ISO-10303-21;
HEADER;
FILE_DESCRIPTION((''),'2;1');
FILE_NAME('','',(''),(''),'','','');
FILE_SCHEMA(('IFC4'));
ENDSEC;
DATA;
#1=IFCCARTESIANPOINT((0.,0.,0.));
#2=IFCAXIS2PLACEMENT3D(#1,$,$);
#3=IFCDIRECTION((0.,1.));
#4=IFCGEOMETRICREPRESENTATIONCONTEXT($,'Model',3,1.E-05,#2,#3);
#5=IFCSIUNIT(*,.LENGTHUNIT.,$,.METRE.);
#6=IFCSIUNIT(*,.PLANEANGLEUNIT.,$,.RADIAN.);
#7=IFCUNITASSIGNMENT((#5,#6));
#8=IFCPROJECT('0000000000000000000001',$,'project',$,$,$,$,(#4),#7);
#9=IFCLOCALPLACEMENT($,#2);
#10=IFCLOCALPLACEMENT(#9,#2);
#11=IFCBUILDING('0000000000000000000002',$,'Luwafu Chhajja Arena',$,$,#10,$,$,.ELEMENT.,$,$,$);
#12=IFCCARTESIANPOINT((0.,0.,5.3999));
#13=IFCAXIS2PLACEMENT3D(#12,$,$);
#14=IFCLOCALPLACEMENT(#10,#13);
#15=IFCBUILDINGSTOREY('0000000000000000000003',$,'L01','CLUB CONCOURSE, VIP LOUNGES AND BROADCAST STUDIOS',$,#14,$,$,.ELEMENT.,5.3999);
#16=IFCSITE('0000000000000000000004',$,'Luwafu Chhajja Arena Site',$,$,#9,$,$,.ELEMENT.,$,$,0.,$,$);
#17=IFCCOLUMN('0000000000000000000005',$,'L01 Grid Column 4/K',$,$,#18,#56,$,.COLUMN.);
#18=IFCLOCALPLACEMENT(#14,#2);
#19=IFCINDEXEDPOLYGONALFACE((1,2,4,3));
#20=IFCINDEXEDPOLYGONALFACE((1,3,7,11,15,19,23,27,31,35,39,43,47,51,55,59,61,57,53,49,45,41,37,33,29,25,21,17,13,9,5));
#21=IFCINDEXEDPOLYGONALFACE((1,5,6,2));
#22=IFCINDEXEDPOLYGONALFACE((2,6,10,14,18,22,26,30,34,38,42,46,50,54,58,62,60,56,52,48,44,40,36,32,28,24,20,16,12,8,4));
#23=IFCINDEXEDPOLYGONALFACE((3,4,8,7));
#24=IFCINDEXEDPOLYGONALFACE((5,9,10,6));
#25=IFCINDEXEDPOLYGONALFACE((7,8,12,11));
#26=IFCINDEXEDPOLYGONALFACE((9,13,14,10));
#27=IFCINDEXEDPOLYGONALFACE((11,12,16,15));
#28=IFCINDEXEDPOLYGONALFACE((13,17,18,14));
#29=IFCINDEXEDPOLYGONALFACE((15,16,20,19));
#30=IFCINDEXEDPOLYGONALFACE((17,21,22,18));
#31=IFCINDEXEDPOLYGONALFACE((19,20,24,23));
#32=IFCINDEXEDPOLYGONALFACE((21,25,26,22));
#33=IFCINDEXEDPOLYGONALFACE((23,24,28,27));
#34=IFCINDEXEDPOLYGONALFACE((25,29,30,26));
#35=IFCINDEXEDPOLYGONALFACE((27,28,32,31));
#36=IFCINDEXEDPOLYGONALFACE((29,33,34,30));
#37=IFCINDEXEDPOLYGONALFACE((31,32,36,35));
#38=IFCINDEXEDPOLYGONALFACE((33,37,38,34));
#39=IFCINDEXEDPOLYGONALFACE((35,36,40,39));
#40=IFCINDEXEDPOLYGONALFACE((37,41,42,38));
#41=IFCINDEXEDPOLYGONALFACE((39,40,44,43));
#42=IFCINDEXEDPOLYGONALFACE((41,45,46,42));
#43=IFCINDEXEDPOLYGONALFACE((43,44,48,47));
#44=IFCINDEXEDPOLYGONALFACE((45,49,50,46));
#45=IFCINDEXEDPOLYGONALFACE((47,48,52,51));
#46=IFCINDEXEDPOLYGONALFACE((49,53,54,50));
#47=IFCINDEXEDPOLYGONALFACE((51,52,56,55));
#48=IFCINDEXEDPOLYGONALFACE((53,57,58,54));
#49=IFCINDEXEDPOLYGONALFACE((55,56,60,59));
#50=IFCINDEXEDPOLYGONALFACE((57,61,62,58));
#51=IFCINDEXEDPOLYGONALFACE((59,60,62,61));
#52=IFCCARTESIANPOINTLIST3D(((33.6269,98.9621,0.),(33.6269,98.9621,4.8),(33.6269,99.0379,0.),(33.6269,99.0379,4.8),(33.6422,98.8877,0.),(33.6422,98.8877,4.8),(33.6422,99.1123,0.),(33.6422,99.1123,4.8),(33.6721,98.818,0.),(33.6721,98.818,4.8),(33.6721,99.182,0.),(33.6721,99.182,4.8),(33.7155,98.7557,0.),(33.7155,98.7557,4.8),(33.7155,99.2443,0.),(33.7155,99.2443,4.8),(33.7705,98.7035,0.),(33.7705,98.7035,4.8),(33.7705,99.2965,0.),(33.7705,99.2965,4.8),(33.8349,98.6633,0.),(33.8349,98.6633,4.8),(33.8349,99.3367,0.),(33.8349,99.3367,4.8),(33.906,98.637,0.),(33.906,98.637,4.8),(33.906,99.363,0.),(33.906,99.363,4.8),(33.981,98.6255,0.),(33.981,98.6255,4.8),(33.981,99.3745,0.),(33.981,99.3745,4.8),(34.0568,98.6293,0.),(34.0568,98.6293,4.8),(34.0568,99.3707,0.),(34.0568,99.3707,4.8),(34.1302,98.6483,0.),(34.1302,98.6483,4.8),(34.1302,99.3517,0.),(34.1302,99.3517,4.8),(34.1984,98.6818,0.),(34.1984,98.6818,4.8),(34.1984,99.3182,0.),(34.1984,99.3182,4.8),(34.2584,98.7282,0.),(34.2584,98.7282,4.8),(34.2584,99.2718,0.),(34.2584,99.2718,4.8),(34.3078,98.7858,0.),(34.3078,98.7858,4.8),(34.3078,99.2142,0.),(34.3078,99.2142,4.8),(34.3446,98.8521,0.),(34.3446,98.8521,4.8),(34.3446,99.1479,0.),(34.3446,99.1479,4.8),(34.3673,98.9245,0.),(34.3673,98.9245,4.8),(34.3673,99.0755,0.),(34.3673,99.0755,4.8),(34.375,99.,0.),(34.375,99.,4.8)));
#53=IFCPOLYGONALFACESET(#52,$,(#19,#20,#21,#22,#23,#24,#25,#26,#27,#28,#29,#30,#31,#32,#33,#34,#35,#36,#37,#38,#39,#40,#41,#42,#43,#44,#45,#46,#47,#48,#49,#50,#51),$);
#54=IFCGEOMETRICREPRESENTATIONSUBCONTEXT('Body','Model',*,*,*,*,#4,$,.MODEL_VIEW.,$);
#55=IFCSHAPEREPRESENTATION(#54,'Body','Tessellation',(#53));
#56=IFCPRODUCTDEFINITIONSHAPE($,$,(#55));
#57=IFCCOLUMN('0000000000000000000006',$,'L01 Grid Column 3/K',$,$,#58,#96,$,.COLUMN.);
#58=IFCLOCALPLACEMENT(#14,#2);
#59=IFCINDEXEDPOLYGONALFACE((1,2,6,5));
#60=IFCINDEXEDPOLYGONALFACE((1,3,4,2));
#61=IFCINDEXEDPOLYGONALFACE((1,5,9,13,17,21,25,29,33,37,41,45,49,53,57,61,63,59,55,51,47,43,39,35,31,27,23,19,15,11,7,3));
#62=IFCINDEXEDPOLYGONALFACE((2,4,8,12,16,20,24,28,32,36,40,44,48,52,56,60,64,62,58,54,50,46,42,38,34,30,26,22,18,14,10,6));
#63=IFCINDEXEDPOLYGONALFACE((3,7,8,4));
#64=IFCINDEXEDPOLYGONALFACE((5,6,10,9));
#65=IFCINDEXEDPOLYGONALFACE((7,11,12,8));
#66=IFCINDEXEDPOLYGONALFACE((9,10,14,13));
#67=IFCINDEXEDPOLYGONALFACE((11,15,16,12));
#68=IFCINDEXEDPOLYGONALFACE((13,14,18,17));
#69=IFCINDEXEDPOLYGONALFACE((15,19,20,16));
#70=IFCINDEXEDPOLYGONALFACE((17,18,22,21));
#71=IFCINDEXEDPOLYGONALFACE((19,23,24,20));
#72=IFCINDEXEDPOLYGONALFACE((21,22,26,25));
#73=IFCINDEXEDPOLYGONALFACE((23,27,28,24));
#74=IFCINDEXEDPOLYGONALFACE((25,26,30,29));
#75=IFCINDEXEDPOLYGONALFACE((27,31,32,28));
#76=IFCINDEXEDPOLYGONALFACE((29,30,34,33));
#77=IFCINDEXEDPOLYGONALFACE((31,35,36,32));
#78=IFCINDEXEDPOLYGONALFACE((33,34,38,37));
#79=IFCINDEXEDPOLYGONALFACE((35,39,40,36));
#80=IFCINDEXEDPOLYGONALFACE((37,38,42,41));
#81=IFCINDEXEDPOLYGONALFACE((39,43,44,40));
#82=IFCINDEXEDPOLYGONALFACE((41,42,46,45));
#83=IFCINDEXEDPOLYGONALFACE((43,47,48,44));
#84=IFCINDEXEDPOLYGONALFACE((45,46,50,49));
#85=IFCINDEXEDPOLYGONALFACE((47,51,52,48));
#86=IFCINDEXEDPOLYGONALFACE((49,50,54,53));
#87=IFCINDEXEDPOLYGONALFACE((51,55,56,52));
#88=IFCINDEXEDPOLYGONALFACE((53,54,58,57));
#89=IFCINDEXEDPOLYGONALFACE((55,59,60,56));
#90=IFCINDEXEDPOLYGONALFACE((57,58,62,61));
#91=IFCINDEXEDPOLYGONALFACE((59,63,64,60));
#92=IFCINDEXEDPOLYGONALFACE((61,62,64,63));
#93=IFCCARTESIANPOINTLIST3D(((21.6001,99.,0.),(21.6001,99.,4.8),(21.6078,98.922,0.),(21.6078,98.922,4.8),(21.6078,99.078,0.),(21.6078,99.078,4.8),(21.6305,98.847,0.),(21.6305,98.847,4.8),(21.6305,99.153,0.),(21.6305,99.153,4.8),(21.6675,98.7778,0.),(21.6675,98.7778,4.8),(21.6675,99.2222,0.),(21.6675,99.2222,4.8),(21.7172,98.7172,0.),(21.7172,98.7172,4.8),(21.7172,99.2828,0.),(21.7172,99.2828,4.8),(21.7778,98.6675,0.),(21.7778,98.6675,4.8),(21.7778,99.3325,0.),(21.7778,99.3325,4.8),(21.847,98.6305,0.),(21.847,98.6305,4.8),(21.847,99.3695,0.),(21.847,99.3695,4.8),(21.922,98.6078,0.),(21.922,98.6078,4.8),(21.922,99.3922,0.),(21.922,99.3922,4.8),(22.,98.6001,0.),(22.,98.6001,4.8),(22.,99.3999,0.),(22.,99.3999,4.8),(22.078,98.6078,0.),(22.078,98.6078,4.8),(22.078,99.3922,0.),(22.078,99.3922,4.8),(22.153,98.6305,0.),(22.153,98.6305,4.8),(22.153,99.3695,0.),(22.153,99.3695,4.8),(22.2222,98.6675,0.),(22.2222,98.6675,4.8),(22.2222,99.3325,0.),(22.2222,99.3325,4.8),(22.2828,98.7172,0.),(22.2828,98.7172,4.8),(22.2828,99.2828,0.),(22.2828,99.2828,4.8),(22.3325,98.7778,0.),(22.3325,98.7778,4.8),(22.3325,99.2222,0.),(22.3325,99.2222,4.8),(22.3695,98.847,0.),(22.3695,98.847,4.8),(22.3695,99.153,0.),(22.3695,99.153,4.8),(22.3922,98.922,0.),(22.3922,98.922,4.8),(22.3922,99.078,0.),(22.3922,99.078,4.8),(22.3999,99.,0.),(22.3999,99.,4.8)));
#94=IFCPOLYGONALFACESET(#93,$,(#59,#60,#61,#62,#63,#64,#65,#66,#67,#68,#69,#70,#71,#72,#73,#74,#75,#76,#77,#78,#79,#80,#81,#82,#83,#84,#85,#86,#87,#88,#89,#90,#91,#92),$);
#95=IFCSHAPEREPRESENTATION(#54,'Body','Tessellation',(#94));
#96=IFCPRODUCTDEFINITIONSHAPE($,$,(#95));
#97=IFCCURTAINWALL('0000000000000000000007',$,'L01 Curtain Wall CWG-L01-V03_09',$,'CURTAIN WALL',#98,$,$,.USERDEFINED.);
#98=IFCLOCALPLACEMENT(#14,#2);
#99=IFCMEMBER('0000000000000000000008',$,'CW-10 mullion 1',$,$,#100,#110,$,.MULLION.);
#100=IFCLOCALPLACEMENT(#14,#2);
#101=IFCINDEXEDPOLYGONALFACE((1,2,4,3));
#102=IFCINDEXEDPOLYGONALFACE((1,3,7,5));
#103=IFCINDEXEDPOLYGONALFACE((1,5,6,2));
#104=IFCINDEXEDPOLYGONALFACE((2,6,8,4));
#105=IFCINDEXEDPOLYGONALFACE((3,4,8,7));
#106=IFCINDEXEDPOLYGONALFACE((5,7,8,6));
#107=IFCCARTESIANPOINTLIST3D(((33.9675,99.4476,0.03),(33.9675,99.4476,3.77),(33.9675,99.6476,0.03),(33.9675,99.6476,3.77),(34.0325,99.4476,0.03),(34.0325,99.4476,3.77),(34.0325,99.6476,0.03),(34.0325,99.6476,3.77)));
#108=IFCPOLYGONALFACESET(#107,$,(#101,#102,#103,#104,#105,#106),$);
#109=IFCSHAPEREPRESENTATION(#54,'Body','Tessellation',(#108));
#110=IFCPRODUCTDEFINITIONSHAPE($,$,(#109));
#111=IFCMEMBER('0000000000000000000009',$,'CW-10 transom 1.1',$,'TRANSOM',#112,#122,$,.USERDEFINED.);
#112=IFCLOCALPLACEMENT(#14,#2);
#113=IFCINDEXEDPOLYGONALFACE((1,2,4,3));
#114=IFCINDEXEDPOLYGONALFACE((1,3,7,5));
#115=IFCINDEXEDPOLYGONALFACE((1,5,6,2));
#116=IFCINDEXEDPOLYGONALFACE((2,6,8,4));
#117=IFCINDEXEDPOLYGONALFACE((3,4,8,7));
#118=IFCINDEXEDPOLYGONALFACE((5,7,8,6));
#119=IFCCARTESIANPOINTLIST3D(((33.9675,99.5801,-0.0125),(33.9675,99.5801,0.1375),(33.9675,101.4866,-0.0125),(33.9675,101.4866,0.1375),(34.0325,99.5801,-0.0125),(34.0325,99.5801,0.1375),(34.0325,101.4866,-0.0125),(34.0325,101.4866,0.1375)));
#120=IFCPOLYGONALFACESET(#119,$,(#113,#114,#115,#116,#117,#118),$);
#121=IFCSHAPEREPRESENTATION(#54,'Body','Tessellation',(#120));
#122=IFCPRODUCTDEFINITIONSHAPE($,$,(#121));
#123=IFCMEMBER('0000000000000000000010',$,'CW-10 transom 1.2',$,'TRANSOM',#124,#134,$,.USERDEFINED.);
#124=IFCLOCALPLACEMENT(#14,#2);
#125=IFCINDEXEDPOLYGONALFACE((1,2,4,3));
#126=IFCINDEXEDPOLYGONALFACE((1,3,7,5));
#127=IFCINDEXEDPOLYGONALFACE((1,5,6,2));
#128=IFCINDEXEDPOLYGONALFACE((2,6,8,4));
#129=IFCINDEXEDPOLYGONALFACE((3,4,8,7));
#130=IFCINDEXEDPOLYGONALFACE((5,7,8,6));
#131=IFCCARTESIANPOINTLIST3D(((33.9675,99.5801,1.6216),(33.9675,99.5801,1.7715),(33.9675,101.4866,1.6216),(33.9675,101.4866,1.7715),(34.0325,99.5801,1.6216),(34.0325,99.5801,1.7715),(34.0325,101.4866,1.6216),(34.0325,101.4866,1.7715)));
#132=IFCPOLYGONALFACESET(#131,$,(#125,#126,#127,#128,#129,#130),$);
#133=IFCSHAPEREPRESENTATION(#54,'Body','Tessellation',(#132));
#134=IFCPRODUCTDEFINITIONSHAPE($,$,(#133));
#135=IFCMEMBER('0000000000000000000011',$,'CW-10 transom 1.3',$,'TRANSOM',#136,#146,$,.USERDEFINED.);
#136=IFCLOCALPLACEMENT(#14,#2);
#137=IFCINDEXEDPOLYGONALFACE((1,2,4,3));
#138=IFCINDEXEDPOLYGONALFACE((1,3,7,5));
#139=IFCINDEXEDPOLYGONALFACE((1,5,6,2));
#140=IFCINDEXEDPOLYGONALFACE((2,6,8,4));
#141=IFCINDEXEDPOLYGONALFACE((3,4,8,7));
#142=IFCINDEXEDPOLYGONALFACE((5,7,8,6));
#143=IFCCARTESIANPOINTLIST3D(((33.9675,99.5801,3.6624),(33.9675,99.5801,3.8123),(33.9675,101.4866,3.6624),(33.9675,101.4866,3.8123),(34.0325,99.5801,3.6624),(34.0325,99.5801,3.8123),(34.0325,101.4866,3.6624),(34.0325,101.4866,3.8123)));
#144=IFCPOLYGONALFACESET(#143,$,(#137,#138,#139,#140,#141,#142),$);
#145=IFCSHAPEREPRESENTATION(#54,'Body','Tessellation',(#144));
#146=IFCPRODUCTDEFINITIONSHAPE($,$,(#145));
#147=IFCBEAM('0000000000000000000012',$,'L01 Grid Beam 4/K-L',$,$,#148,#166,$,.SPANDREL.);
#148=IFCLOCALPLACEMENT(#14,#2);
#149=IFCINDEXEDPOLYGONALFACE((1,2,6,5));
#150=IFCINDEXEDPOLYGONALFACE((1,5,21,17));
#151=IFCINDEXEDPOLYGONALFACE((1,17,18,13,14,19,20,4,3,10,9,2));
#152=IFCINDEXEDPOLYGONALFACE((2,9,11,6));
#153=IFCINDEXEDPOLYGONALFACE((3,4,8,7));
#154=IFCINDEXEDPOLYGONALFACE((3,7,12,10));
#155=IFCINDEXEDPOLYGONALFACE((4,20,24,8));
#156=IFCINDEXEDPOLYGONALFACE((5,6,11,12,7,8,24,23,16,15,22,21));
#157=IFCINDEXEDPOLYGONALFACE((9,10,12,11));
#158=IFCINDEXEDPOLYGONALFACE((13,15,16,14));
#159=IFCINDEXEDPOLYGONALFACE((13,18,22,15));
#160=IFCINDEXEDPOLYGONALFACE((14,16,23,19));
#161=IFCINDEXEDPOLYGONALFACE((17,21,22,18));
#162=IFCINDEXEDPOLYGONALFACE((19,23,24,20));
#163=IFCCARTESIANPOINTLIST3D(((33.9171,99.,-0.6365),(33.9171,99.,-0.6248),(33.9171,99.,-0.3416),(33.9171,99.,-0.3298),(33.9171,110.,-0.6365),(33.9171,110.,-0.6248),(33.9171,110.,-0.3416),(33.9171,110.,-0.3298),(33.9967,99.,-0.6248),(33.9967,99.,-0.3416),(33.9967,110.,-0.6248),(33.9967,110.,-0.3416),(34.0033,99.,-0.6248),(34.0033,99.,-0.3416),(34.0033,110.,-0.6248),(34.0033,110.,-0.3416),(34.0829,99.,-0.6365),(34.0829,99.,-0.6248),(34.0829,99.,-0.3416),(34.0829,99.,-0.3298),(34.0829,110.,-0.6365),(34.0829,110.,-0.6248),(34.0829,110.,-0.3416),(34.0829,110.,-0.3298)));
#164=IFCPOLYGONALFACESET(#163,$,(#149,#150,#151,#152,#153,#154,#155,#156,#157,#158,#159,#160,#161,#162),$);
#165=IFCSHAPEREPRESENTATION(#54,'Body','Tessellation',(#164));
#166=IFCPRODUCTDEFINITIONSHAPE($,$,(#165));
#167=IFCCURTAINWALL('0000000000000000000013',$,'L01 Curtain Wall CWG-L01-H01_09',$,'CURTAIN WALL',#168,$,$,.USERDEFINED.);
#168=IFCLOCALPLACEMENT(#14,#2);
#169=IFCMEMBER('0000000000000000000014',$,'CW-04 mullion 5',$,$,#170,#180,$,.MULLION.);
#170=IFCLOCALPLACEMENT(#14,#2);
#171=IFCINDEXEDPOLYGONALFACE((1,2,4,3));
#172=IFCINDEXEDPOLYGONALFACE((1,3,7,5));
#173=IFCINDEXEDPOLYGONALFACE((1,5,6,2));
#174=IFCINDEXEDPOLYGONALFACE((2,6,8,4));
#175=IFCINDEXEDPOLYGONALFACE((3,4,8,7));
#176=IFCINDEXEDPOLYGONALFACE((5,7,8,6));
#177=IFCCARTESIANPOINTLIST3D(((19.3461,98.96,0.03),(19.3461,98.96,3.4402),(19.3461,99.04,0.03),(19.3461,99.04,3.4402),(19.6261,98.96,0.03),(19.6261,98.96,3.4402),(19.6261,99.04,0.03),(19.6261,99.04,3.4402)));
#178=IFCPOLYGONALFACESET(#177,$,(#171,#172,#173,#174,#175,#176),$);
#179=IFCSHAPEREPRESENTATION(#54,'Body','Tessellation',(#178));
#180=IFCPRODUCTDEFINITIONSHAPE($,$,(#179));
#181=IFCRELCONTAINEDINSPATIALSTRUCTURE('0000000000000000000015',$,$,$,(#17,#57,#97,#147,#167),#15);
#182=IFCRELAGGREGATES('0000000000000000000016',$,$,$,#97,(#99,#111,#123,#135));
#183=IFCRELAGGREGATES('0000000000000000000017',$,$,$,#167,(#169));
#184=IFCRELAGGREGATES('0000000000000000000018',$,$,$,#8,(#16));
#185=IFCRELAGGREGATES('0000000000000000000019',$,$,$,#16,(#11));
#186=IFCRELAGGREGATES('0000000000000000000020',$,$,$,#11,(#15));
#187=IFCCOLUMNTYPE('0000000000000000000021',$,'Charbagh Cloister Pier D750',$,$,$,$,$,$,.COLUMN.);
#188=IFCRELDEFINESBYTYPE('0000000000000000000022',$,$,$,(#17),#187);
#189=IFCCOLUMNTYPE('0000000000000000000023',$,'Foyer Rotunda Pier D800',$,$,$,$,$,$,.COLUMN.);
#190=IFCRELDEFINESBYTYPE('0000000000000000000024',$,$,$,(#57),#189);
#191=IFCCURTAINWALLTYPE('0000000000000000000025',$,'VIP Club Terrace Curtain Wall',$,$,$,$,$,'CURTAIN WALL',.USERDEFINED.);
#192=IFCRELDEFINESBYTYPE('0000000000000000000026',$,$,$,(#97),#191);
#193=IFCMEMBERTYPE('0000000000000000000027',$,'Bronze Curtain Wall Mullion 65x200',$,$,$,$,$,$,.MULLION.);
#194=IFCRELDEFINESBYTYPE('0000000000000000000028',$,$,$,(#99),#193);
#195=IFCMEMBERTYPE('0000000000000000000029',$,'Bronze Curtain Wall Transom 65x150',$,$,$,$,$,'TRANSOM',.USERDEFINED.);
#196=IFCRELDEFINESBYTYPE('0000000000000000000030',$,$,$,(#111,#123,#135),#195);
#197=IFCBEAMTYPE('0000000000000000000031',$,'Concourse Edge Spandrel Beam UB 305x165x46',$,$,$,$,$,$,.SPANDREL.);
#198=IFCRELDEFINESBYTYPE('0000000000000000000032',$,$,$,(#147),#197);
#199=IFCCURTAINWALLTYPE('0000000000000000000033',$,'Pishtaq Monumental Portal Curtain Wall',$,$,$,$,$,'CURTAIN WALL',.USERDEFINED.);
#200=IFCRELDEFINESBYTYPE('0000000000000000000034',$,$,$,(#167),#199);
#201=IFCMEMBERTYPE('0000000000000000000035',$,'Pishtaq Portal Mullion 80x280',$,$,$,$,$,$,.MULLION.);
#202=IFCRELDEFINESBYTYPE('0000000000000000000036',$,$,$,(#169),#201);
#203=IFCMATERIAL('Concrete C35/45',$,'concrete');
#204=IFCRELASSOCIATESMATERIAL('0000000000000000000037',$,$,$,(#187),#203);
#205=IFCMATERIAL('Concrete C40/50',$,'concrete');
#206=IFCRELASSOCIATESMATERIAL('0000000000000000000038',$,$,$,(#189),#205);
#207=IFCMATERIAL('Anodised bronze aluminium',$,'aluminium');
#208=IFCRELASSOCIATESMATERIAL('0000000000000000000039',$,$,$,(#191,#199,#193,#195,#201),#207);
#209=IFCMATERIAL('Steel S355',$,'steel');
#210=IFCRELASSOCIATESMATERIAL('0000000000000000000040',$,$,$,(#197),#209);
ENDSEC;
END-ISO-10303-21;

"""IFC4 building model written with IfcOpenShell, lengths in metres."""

from ifc_helpers import new_model, si_unit, direction, frame, origin, origin_2d, place, context, subcontext, project, spatial, rectangle, circle, i_section, extrude, material, material_profile, profile_set, type_object, element, aggregate, save


model = new_model("IFC4")

# Units and contexts
model_context = context("Model", 3, precision=1e-05, world=origin(), true_north=direction((0.0, 1.0)))
body_context = subcontext(model_context, "Body", "Model", "MODEL_VIEW")
ifc_project = project(units=[si_unit("LENGTHUNIT", "METRE"), si_unit("PLANEANGLEUNIT", "RADIAN")], contexts=[model_context])

# Site, building, storey
site_placement = place(None, origin())
site = spatial("IfcSite", under=ifc_project, at=site_placement, Name="Luwafu Chhajja Arena Site", CompositionType="ELEMENT", RefElevation=0.0)
building_placement = place(site_placement, origin())
building = spatial("IfcBuilding", under=site, at=building_placement, Name="Luwafu Chhajja Arena", CompositionType="ELEMENT")
storey_placement = place(building_placement, frame((0.0, 0.0, 5.3999)))
storey = spatial("IfcBuildingStorey", under=building, at=storey_placement, Name="L01", Description="CLUB CONCOURSE, VIP LOUNGES AND BROADCAST STUDIOS", CompositionType="ELEMENT", Elevation=5.3999)

# Columns
ifc_material_1 = material(Name="Concrete C35/45", Category="concrete")
ifc_material_profile_1 = material_profile(ifc_material_1, circle(Radius=0.375, at=origin_2d()), Name="RC COL D750")
ifc_profile_set_1 = profile_set([ifc_material_profile_1], Name="Concrete C35/45")
column_type_1 = type_object("IfcColumnType", Name="Charbagh Cloister Pier D750", PredefinedType="COLUMN", material=ifc_profile_set_1)
column_1_placement = place(storey_placement, frame((34.0, 99.0, 0.0), z_axis=(0.0, 0.0, 1.0), x_axis=(1.0, 0.0, 0.0)))
element("IfcColumn", 1, at=column_1_placement, inside=storey, type_object=column_type_1, Name="L01 Grid Column 4/K", PredefinedType="COLUMN", context=body_context, shape_type="SweptSolid", body=[
    extrude(circle(Radius=0.375, at=origin_2d()), origin(), (0.0, 0.0, 1.0), 4.8),
])
ifc_material_2 = material(Name="Concrete C40/50", Category="concrete")
ifc_material_profile_2 = material_profile(ifc_material_2, circle(Radius=0.3999, at=origin_2d()), Name="RC COL D800")
ifc_profile_set_2 = profile_set([ifc_material_profile_2], Name="Concrete C40/50")
column_type_2 = type_object("IfcColumnType", Name="Foyer Rotunda Pier D800", PredefinedType="COLUMN", material=ifc_profile_set_2)
column_2_placement = place(storey_placement, frame((22.0, 99.0, 0.0), z_axis=(0.0, 0.0, 1.0), x_axis=(1.0, 0.0, 0.0)))
element("IfcColumn", 2, at=column_2_placement, inside=storey, type_object=column_type_2, Name="L01 Grid Column 3/K", PredefinedType="COLUMN", context=body_context, shape_type="SweptSolid", body=[
    extrude(circle(Radius=0.3999, at=origin_2d()), origin(), (0.0, 0.0, 1.0), 4.8),
])

# Curtain wall, members
ifc_material_3 = material(Name="Anodised bronze aluminium", Category="aluminium")
curtain_wall_type_1 = type_object("IfcCurtainWallType", Name="VIP Club Terrace Curtain Wall", ElementType="CURTAIN WALL", PredefinedType="USERDEFINED", material=ifc_material_3)
curtain_wall_1_placement = place(storey_placement, origin())
curtain_wall_1 = element("IfcCurtainWall", 3, at=curtain_wall_1_placement, inside=storey, type_object=curtain_wall_type_1, Name="L01 Curtain Wall CWG-L01-V03_09", ObjectType="CURTAIN WALL", PredefinedType="USERDEFINED")
ifc_material_profile_3 = material_profile(ifc_material_3, rectangle(XDim=0.0649, YDim=0.2, at=origin_2d()), Name="CWM 65x200")
ifc_profile_set_3 = profile_set([ifc_material_profile_3], Name="Anodised bronze aluminium")
member_type_1 = type_object("IfcMemberType", Name="Bronze Curtain Wall Mullion 65x200", PredefinedType="MULLION", material=ifc_profile_set_3)
member_1_placement = place(storey_placement, frame((34.0, 99.5476, 0.03), z_axis=(0.0, 0.0, 1.0), x_axis=(-1.0, 0.0, 0.0)))
member_1 = element("IfcMember", 4, at=member_1_placement, type_object=member_type_1, Name="CW-10 mullion 1", PredefinedType="MULLION", context=body_context, shape_type="SweptSolid", body=[
    extrude(rectangle(XDim=0.0649, YDim=0.2, at=origin_2d()), origin(), (0.0, 0.0, 1.0), 3.74),
])
ifc_material_profile_4 = material_profile(ifc_material_3, rectangle(XDim=0.0649, YDim=0.1499, at=origin_2d()), Name="CWT 65x150")
ifc_profile_set_4 = profile_set([ifc_material_profile_4], Name="Anodised bronze aluminium")
member_type_2 = type_object("IfcMemberType", Name="Bronze Curtain Wall Transom 65x150", ElementType="TRANSOM", PredefinedType="USERDEFINED", material=ifc_profile_set_4)
member_2_placement = place(storey_placement, frame((34.0, 99.5801, 0.0625), z_axis=(0.0, 1.0, 0.0), x_axis=(-1.0, 0.0, 0.0)))
member_2 = element("IfcMember", 5, at=member_2_placement, type_object=member_type_2, Name="CW-10 transom 1.1", ObjectType="TRANSOM", PredefinedType="USERDEFINED", context=body_context, shape_type="SweptSolid", body=[
    extrude(rectangle(XDim=0.0649, YDim=0.1499, at=origin_2d()), origin(), (0.0, 0.0, 1.0), 1.9065),
])
member_3_placement = place(storey_placement, frame((34.0, 99.5801, 1.6965), z_axis=(0.0, 1.0, 0.0), x_axis=(-1.0, 0.0, 0.0)))
member_3 = element("IfcMember", 6, at=member_3_placement, type_object=member_type_2, Name="CW-10 transom 1.2", ObjectType="TRANSOM", PredefinedType="USERDEFINED", context=body_context, shape_type="SweptSolid", body=[
    extrude(rectangle(XDim=0.0649, YDim=0.1499, at=origin_2d()), origin(), (0.0, 0.0, 1.0), 1.9065),
])
member_4_placement = place(storey_placement, frame((34.0, 99.5801, 3.7373), z_axis=(0.0, 1.0, 0.0), x_axis=(-1.0, 0.0, 0.0)))
member_4 = element("IfcMember", 7, at=member_4_placement, type_object=member_type_2, Name="CW-10 transom 1.3", ObjectType="TRANSOM", PredefinedType="USERDEFINED", context=body_context, shape_type="SweptSolid", body=[
    extrude(rectangle(XDim=0.0649, YDim=0.1499, at=origin_2d()), origin(), (0.0, 0.0, 1.0), 1.9065),
])

# Beam
ifc_material_4 = material(Name="Steel S355", Category="steel")
ifc_material_profile_5 = material_profile(ifc_material_4, i_section(OverallWidth=0.1658, OverallDepth=0.3066, WebThickness=0.0066, FlangeThickness=0.0117, at=origin_2d()), Name="UB 305x165x46")
ifc_profile_set_5 = profile_set([ifc_material_profile_5], Name="Steel S355")
beam_type_1 = type_object("IfcBeamType", Name="Concourse Edge Spandrel Beam UB 305x165x46", PredefinedType="SPANDREL", material=ifc_profile_set_5)
beam_1_placement = place(storey_placement, frame((34.0, 99.0, -0.4832), z_axis=(0.0, 1.0, 0.0), x_axis=(-1.0, 0.0, 0.0)))
element("IfcBeam", 8, at=beam_1_placement, inside=storey, type_object=beam_type_1, Name="L01 Grid Beam 4/K-L", PredefinedType="SPANDREL", context=body_context, shape_type="SweptSolid", body=[
    extrude(i_section(OverallWidth=0.1658, OverallDepth=0.3066, WebThickness=0.0066, FlangeThickness=0.0117, at=origin_2d()), origin(), (0.0, 0.0, 1.0), 11.0),
])

# Curtain wall, member
curtain_wall_type_2 = type_object("IfcCurtainWallType", Name="Pishtaq Monumental Portal Curtain Wall", ElementType="CURTAIN WALL", PredefinedType="USERDEFINED", material=ifc_material_3)
curtain_wall_2_placement = place(storey_placement, origin())
curtain_wall_2 = element("IfcCurtainWall", 9, at=curtain_wall_2_placement, inside=storey, type_object=curtain_wall_type_2, Name="L01 Curtain Wall CWG-L01-H01_09", ObjectType="CURTAIN WALL", PredefinedType="USERDEFINED")
ifc_material_profile_6 = material_profile(ifc_material_3, rectangle(XDim=0.0801, YDim=0.28, at=origin_2d()), Name="CWM 80x280")
ifc_profile_set_6 = profile_set([ifc_material_profile_6], Name="Anodised bronze aluminium")
member_type_3 = type_object("IfcMemberType", Name="Pishtaq Portal Mullion 80x280", PredefinedType="MULLION", material=ifc_profile_set_6)
member_5_placement = place(storey_placement, frame((19.4861, 99.0, 0.03), z_axis=(0.0, 0.0, 1.0), x_axis=(0.0, 1.0, 0.0)))
member_5 = element("IfcMember", 10, at=member_5_placement, type_object=member_type_3, Name="CW-04 mullion 5", PredefinedType="MULLION", context=body_context, shape_type="SweptSolid", body=[
    extrude(rectangle(XDim=0.0801, YDim=0.28, at=origin_2d()), origin(), (0.0, 0.0, 1.0), 3.4102),
])

aggregate(curtain_wall_1, [member_1, member_2, member_3, member_4])
aggregate(curtain_wall_2, [member_5])

save(model, "model.ifc")
